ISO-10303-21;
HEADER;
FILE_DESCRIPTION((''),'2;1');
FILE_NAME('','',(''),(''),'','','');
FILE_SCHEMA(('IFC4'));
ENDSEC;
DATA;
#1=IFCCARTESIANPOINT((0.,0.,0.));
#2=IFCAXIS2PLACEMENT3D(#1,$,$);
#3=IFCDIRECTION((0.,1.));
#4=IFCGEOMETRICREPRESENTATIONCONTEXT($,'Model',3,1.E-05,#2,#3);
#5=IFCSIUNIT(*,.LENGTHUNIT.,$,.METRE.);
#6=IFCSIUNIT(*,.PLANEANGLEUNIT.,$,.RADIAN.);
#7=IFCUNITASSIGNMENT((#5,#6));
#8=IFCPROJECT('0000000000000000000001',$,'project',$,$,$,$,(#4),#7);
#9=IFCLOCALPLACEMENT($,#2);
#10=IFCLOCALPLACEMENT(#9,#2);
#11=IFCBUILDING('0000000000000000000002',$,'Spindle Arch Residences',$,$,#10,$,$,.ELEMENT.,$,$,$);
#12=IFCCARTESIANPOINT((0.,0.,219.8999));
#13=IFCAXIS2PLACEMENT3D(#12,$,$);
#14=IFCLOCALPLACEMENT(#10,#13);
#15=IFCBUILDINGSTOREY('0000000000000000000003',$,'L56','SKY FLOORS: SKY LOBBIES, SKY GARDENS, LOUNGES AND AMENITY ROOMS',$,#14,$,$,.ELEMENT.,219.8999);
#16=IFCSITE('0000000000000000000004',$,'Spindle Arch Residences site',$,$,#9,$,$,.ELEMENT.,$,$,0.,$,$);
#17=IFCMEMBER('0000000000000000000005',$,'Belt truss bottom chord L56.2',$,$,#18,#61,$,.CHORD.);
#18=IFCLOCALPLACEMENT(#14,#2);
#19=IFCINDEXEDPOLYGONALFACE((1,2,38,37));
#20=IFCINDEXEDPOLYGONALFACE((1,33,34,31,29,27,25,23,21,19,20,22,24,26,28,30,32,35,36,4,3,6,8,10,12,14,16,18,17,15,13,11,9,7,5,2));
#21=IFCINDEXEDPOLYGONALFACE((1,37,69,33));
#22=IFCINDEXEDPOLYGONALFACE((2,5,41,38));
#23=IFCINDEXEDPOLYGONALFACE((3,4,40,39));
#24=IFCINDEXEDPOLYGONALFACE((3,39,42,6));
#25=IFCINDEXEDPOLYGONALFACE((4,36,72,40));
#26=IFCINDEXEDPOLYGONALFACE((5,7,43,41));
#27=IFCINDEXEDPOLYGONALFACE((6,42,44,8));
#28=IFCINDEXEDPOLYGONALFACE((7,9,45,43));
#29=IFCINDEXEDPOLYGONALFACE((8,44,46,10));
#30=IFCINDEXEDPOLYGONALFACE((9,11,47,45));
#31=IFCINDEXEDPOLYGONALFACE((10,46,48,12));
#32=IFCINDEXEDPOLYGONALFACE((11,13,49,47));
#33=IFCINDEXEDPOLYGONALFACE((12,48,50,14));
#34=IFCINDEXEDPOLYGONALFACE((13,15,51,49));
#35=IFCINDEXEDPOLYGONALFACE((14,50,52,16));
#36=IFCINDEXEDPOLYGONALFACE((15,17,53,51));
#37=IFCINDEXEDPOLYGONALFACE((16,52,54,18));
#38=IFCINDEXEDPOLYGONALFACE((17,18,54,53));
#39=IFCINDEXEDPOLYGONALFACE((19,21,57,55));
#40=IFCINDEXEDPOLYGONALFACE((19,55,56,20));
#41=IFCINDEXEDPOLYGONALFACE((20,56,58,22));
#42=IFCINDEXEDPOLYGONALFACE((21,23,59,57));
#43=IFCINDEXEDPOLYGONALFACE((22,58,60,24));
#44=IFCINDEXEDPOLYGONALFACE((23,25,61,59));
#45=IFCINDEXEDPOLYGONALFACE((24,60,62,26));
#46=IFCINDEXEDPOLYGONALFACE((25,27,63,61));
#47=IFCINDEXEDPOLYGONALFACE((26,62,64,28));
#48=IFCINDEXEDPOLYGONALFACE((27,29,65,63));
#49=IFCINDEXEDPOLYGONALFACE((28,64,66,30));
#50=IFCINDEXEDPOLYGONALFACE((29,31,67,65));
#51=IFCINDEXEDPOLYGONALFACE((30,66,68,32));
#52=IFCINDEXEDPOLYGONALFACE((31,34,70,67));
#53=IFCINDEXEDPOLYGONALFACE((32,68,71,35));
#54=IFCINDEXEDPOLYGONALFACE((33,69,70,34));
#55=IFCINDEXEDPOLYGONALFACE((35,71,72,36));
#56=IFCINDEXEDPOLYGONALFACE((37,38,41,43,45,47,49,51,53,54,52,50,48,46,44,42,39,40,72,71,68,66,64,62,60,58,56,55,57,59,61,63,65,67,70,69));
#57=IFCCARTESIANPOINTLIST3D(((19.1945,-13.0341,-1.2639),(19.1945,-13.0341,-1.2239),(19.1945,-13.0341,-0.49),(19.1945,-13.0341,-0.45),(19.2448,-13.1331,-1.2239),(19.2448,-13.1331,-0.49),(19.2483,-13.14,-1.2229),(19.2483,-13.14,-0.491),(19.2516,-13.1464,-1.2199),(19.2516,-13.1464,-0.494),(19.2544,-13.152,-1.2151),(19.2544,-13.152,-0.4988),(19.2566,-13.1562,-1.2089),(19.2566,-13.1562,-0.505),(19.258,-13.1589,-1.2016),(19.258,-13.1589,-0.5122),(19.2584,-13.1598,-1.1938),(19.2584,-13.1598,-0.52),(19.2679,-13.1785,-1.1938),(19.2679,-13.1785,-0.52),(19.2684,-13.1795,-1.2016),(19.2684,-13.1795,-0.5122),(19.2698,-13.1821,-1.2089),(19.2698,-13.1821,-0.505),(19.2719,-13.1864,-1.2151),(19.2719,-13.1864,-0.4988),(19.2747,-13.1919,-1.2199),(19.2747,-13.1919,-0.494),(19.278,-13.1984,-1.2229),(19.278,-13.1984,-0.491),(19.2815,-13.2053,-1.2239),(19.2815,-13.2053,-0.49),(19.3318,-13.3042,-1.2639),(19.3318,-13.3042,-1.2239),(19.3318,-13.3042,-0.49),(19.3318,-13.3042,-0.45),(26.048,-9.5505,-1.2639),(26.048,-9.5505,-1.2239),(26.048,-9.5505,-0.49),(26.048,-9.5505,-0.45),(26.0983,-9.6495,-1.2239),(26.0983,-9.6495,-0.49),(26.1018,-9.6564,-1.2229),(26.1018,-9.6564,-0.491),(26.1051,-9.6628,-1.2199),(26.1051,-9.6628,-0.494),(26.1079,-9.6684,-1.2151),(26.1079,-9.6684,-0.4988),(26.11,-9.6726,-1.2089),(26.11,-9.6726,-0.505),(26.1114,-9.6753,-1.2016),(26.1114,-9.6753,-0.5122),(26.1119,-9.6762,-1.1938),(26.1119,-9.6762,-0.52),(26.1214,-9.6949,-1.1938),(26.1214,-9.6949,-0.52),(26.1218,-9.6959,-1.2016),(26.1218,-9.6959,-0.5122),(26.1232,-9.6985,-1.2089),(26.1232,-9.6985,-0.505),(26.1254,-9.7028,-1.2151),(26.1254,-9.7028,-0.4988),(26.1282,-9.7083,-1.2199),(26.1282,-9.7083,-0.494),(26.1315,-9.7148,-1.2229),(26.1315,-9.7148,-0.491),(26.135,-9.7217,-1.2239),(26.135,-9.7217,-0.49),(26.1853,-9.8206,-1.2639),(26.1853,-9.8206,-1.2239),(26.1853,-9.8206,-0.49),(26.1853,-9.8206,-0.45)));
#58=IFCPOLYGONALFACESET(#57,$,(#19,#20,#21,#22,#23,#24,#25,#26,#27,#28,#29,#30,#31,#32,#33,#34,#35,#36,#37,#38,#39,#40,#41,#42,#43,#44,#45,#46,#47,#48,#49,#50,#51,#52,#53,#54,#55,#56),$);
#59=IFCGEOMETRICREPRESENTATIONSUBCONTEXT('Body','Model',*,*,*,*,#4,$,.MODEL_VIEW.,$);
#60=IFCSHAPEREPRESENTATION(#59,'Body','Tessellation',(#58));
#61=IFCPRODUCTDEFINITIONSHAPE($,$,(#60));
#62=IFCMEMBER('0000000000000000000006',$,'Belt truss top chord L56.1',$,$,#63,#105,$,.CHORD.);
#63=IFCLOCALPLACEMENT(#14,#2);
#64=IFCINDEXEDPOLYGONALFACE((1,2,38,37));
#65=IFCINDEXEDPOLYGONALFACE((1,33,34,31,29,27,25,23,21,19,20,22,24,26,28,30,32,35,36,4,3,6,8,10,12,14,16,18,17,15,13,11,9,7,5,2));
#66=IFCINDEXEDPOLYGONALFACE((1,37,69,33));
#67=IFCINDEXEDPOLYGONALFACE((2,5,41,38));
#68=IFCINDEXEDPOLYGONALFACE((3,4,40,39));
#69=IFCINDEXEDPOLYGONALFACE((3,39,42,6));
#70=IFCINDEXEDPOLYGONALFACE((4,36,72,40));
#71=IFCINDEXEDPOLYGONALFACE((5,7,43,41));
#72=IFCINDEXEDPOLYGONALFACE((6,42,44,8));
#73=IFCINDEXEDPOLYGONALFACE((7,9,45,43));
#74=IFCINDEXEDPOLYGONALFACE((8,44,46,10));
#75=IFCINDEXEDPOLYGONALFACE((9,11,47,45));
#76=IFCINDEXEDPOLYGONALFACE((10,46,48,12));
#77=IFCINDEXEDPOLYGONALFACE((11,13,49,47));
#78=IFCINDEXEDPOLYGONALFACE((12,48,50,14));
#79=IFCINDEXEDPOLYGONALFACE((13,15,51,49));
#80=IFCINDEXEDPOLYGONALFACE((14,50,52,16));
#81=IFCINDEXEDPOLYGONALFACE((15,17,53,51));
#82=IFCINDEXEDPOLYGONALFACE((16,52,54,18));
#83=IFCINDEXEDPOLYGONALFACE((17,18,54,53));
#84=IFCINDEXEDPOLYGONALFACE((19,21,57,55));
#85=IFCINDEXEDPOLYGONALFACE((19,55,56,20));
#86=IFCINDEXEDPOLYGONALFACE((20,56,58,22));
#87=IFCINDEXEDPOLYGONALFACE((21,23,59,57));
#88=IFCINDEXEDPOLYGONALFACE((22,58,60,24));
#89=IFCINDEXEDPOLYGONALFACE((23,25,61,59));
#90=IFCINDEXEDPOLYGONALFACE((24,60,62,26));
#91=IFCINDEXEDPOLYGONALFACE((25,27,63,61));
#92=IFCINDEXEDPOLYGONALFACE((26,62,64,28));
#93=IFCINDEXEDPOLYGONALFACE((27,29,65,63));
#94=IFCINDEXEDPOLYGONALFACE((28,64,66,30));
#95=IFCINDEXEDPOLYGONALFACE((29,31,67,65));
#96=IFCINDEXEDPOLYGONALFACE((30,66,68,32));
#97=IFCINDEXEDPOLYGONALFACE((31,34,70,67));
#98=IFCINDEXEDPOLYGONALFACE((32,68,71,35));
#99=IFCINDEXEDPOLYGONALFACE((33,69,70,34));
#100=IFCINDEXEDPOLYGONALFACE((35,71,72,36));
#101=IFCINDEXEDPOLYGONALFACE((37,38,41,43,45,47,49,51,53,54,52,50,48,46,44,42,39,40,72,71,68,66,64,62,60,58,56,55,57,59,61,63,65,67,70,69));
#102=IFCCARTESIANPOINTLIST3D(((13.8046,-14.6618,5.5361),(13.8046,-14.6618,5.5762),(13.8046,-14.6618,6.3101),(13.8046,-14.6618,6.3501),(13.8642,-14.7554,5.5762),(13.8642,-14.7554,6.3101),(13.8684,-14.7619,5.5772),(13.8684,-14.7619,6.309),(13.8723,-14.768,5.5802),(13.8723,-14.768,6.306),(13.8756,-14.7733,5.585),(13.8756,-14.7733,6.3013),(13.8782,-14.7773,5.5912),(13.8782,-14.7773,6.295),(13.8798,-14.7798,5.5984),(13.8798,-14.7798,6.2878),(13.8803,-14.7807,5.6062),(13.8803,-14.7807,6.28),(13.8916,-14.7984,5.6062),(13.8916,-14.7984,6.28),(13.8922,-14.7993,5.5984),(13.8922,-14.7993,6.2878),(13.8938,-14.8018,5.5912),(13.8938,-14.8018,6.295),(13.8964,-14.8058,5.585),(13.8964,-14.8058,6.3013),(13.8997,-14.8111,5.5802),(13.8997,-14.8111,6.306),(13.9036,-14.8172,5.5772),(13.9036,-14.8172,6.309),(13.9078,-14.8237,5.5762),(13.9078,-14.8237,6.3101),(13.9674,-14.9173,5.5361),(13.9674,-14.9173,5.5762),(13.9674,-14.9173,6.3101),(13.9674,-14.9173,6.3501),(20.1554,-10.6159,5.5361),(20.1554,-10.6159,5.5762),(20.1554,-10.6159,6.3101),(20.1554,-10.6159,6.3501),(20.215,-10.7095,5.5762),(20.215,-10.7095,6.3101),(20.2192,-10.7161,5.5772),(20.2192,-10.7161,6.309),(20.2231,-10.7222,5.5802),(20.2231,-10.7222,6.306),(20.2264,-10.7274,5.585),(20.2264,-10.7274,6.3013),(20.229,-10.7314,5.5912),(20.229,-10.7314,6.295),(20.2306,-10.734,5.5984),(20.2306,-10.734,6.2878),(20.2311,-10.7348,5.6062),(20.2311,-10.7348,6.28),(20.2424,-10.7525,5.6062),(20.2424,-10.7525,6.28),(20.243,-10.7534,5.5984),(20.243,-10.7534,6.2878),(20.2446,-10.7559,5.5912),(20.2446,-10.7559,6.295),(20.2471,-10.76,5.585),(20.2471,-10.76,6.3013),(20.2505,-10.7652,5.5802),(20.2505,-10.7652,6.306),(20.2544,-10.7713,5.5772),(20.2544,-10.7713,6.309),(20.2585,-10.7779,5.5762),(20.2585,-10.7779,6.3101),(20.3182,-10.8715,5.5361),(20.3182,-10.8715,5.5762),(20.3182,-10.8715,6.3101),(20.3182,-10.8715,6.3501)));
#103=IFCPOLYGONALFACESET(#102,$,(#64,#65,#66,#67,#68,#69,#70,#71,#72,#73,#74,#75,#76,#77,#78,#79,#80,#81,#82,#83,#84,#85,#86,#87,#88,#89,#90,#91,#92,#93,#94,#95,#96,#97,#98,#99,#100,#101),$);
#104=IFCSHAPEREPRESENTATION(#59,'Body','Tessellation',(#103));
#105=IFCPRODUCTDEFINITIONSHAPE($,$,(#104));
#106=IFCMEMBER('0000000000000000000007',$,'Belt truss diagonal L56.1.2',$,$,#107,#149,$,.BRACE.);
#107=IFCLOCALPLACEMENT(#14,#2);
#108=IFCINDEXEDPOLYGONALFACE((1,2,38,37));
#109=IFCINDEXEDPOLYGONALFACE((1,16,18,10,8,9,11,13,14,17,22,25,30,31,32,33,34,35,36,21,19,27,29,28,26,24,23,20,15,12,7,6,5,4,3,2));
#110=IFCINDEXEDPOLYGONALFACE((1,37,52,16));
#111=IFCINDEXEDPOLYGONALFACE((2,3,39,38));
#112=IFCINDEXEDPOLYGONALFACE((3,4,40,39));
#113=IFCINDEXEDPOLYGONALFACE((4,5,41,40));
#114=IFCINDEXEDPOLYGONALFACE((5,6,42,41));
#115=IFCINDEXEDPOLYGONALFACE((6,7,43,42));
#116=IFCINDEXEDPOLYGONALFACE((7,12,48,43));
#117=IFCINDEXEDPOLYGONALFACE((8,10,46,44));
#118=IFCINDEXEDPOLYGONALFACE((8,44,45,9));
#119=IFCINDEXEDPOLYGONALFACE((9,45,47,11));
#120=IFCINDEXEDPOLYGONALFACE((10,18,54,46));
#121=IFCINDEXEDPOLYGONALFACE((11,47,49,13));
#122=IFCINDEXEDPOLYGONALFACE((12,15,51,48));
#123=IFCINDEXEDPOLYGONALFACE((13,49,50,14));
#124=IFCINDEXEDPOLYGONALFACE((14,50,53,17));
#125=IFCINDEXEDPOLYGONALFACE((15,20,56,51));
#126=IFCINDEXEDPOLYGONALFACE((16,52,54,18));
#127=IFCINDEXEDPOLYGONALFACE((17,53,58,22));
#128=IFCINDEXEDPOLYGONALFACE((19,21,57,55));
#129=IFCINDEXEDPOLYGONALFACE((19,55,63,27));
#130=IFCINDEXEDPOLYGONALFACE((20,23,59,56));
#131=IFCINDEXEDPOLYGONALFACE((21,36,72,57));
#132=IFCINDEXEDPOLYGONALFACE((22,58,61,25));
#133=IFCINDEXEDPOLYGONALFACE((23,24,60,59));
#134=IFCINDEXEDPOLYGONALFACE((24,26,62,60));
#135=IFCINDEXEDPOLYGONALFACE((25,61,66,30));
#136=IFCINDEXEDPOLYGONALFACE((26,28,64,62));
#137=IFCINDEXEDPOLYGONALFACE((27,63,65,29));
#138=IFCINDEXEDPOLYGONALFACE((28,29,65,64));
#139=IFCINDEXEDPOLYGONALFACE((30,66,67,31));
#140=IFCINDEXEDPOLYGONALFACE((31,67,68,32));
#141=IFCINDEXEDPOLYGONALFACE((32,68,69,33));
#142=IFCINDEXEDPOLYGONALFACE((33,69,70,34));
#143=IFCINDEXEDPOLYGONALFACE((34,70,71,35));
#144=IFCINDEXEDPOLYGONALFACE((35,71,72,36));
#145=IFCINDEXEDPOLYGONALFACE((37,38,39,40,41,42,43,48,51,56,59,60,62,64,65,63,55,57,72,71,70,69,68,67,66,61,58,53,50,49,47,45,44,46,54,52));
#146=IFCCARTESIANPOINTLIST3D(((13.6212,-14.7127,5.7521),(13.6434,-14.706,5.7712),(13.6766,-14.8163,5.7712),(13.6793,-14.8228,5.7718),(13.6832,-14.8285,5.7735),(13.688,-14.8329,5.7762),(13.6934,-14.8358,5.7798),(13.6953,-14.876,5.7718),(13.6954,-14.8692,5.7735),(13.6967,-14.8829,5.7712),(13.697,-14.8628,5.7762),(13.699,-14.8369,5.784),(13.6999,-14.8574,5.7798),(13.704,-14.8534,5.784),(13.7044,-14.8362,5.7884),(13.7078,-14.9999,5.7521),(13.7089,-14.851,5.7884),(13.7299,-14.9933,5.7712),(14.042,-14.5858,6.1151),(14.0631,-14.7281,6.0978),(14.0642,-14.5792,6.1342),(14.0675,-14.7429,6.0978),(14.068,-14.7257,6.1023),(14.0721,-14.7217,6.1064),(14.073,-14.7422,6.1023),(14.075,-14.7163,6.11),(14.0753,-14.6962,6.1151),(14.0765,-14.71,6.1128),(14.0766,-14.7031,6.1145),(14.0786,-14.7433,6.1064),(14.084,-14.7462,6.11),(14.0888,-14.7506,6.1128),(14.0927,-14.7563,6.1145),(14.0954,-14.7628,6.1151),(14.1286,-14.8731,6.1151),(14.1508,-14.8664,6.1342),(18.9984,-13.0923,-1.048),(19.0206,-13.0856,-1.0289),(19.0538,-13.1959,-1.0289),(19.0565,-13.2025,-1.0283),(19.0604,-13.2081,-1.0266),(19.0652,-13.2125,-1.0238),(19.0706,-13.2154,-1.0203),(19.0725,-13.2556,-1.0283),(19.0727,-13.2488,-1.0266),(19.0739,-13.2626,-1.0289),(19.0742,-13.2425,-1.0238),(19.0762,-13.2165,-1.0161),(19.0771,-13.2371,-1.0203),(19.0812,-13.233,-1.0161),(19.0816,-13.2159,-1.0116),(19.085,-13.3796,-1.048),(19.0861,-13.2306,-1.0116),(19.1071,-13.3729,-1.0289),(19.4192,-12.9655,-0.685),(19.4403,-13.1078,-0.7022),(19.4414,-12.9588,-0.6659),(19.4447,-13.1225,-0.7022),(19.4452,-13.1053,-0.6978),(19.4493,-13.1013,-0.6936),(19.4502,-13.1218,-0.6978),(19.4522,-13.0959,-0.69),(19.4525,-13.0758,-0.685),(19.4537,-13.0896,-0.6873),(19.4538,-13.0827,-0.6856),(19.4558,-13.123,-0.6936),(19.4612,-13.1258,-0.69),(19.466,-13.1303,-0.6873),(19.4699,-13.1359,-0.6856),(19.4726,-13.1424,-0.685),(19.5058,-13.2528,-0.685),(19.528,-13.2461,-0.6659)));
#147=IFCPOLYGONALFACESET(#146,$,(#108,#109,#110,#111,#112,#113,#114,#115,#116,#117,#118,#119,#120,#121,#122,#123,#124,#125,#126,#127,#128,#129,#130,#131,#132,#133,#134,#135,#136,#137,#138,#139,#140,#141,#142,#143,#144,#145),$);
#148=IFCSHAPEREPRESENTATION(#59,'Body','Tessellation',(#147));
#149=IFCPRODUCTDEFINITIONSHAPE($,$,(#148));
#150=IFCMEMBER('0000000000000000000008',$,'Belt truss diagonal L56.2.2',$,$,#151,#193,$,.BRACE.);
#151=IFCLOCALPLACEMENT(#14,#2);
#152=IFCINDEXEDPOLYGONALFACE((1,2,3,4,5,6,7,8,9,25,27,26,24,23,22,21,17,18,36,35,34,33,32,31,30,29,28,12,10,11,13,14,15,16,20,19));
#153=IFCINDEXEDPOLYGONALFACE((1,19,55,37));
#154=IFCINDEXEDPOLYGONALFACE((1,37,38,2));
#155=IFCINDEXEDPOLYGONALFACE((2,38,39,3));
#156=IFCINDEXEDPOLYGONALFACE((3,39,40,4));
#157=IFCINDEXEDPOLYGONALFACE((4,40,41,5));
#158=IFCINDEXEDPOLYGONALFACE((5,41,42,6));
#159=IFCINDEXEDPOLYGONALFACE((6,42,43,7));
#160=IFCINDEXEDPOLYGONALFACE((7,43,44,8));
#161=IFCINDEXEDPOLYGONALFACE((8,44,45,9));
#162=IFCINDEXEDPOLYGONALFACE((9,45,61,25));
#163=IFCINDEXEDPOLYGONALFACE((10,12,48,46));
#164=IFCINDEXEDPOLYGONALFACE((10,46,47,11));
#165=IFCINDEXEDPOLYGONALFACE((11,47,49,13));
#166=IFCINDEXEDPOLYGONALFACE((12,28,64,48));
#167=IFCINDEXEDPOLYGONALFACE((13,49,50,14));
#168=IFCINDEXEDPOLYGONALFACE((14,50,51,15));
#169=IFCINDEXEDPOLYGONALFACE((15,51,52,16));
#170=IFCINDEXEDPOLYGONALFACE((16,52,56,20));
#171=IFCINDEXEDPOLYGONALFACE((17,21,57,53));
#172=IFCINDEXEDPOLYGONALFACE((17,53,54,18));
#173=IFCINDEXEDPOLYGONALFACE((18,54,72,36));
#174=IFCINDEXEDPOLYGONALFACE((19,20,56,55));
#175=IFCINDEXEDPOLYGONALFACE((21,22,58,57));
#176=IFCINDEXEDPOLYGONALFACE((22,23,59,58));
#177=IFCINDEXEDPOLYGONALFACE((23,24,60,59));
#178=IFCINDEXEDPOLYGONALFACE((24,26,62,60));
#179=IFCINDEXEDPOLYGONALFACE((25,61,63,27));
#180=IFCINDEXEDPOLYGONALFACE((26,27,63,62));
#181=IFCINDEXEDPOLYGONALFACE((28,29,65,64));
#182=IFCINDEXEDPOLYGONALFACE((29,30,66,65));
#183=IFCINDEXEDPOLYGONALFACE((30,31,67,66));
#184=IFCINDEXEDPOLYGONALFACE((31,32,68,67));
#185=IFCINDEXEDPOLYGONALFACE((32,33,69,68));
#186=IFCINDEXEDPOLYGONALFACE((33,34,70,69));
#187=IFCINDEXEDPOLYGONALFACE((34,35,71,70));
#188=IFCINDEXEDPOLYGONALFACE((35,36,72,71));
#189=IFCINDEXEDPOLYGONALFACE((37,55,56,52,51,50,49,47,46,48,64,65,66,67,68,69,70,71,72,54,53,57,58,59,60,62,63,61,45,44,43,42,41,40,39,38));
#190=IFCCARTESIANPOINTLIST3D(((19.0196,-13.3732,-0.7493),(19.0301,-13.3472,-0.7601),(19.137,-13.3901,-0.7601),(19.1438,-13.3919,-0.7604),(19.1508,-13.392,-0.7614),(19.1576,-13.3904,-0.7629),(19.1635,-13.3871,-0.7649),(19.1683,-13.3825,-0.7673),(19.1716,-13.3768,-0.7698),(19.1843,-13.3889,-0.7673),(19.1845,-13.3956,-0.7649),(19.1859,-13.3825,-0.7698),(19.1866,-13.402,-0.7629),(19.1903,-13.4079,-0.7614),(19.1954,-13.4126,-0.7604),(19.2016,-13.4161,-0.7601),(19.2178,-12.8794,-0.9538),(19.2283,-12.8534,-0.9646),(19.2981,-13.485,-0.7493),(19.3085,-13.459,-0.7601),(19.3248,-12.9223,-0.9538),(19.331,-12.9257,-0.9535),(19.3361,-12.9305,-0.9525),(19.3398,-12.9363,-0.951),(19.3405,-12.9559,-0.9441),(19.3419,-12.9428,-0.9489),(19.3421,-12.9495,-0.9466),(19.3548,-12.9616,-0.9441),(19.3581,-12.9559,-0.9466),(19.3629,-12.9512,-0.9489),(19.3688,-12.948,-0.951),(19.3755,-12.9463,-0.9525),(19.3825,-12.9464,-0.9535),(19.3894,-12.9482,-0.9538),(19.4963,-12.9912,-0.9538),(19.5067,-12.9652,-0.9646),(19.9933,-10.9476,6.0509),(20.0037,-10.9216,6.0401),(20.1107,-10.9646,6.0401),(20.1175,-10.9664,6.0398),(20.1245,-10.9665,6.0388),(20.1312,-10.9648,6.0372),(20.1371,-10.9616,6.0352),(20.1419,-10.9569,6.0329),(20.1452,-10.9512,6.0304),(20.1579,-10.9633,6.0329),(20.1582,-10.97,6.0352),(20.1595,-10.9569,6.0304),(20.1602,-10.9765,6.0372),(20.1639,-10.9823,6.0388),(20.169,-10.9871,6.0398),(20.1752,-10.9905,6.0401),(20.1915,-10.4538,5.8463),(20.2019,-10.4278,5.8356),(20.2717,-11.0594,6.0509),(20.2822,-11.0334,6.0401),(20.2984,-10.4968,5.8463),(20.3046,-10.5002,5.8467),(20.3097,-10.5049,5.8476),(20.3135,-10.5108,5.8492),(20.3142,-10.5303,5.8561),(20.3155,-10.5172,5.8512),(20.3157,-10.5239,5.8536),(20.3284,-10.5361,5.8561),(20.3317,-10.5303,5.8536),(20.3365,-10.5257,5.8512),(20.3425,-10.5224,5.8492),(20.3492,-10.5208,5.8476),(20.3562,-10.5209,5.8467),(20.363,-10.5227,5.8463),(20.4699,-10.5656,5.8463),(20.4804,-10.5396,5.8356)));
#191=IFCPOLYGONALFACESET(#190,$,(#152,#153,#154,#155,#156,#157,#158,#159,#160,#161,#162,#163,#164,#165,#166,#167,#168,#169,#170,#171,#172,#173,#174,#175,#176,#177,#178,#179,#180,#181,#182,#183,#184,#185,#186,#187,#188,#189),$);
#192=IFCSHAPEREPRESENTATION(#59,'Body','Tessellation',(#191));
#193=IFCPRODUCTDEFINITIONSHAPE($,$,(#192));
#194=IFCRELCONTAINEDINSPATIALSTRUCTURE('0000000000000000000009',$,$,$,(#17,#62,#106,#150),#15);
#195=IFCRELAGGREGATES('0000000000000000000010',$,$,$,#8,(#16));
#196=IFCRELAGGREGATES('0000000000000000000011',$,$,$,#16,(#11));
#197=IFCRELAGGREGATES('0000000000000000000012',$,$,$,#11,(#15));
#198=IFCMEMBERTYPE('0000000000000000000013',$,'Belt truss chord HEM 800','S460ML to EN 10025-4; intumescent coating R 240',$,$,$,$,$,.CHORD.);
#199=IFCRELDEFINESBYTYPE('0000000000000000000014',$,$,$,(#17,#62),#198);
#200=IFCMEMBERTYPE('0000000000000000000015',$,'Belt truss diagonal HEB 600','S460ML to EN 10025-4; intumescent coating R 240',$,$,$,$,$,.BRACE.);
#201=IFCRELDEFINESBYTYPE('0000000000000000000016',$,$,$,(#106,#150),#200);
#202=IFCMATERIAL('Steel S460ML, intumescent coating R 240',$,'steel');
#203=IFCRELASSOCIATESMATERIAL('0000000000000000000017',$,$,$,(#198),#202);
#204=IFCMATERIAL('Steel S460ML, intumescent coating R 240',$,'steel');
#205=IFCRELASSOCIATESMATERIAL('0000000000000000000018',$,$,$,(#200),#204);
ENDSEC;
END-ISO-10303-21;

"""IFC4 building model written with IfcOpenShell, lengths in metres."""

from ifc_helpers import new_model, si_unit, direction, frame, origin, origin_2d, place, context, subcontext, project, spatial, i_section, extrude, material, material_profile, profile_set, type_object, element, save


model = new_model("IFC4")

# Units and contexts
model_context = context("Model", 3, precision=1e-05, world=origin(), true_north=direction((0.0, 1.0)))
body_context = subcontext(model_context, "Body", "Model", "MODEL_VIEW")
ifc_project = project(units=[si_unit("LENGTHUNIT", "METRE"), si_unit("PLANEANGLEUNIT", "RADIAN")], contexts=[model_context])

# Site, building, storey
site_placement = place(None, origin())
site = spatial("IfcSite", under=ifc_project, at=site_placement, Name="Spindle Arch Residences site", CompositionType="ELEMENT", RefElevation=0.0)
building_placement = place(site_placement, origin())
building = spatial("IfcBuilding", under=site, at=building_placement, Name="Spindle Arch Residences", CompositionType="ELEMENT")
storey_placement = place(building_placement, frame((0.0, 0.0, 219.8999)))
storey = spatial("IfcBuildingStorey", under=building, at=storey_placement, Name="L56", Description="SKY FLOORS: SKY LOBBIES, SKY GARDENS, LOUNGES AND AMENITY ROOMS", CompositionType="ELEMENT", Elevation=219.8999)

# Members
ifc_material_1 = material(Name="Steel S460ML, intumescent coating R 240", Category="steel")
ifc_material_profile_1 = material_profile(ifc_material_1, i_section(OverallWidth=0.303, OverallDepth=0.814, WebThickness=0.021, FlangeThickness=0.04, FilletRadius=0.03, at=origin_2d()), Name="HEM 800")
ifc_profile_set_1 = profile_set([ifc_material_profile_1], Name="Steel S460ML, intumescent coating R 240")
member_type_1 = type_object("IfcMemberType", Name="Belt truss chord HEM 800", Description="S460ML to EN 10025-4; intumescent coating R 240", PredefinedType="CHORD", material=ifc_profile_set_1)
member_1_placement = place(storey_placement, frame((19.2632, -13.1692, -0.8569), z_axis=(0.891448, 0.453123, 0.0), x_axis=(-0.453123, 0.891448, 0.0)))
element("IfcMember", 1, at=member_1_placement, inside=storey, type_object=member_type_1, Name="Belt truss bottom chord L56.2", PredefinedType="CHORD", context=body_context, shape_type="SweptSolid", body=[
    extrude(i_section(OverallWidth=0.303, OverallDepth=0.814, WebThickness=0.021, FlangeThickness=0.04, FilletRadius=0.03, at=origin_2d()), origin(), (0.0, 0.0, 1.0), 7.688),
])
member_2_placement = place(storey_placement, frame((13.886, -14.7896, 5.9431), z_axis=(0.843393, 0.537297, 0.0), x_axis=(-0.537297, 0.843393, 0.0)))
element("IfcMember", 2, at=member_2_placement, inside=storey, type_object=member_type_1, Name="Belt truss top chord L56.1", PredefinedType="CHORD", context=body_context, shape_type="SweptSolid", body=[
    extrude(i_section(OverallWidth=0.303, OverallDepth=0.814, WebThickness=0.021, FlangeThickness=0.04, FilletRadius=0.03, at=origin_2d()), origin(), (0.0, 0.0, 1.0), 7.53),
])
ifc_material_2 = material(Name="Steel S460ML, intumescent coating R 240", Category="steel")
ifc_material_profile_2 = material_profile(ifc_material_2, i_section(OverallWidth=0.3, OverallDepth=0.6001, WebThickness=0.0154, FlangeThickness=0.03, FilletRadius=0.0271, at=origin_2d()), Name="HEB 600")
ifc_profile_set_2 = profile_set([ifc_material_profile_2], Name="Steel S460ML, intumescent coating R 240")
member_type_2 = type_object("IfcMemberType", Name="Belt truss diagonal HEB 600", Description="S460ML to EN 10025-4; intumescent coating R 240", PredefinedType="BRACE", material=ifc_profile_set_2)
member_3_placement = place(storey_placement, frame((19.2632, -13.1692, -0.8569), z_axis=(-0.609706, -0.183729, 0.77104), x_axis=(0.288524, -0.957473, 0.0)))
element("IfcMember", 3, at=member_3_placement, inside=storey, type_object=member_type_2, Name="Belt truss diagonal L56.1.2", PredefinedType="BRACE", context=body_context, shape_type="SweptSolid", body=[
    extrude(i_section(OverallWidth=0.3, OverallDepth=0.6001, WebThickness=0.0154, FlangeThickness=0.03, FilletRadius=0.0271, at=origin_2d()), origin(), (0.0, 0.0, 1.0), 8.8193),
])
member_4_placement = place(storey_placement, frame((19.2632, -13.1692, -0.8569), z_axis=(0.133648, 0.332948, 0.933426), x_axis=(-0.928025, 0.372518, 0.0)))
element("IfcMember", 4, at=member_4_placement, inside=storey, type_object=member_type_2, Name="Belt truss diagonal L56.2.2", PredefinedType="BRACE", context=body_context, shape_type="SweptSolid", body=[
    extrude(i_section(OverallWidth=0.3, OverallDepth=0.6001, WebThickness=0.0154, FlangeThickness=0.03, FilletRadius=0.0271, at=origin_2d()), origin(), (0.0, 0.0, 1.0), 7.2852),
])

save(model, "model.ifc")
